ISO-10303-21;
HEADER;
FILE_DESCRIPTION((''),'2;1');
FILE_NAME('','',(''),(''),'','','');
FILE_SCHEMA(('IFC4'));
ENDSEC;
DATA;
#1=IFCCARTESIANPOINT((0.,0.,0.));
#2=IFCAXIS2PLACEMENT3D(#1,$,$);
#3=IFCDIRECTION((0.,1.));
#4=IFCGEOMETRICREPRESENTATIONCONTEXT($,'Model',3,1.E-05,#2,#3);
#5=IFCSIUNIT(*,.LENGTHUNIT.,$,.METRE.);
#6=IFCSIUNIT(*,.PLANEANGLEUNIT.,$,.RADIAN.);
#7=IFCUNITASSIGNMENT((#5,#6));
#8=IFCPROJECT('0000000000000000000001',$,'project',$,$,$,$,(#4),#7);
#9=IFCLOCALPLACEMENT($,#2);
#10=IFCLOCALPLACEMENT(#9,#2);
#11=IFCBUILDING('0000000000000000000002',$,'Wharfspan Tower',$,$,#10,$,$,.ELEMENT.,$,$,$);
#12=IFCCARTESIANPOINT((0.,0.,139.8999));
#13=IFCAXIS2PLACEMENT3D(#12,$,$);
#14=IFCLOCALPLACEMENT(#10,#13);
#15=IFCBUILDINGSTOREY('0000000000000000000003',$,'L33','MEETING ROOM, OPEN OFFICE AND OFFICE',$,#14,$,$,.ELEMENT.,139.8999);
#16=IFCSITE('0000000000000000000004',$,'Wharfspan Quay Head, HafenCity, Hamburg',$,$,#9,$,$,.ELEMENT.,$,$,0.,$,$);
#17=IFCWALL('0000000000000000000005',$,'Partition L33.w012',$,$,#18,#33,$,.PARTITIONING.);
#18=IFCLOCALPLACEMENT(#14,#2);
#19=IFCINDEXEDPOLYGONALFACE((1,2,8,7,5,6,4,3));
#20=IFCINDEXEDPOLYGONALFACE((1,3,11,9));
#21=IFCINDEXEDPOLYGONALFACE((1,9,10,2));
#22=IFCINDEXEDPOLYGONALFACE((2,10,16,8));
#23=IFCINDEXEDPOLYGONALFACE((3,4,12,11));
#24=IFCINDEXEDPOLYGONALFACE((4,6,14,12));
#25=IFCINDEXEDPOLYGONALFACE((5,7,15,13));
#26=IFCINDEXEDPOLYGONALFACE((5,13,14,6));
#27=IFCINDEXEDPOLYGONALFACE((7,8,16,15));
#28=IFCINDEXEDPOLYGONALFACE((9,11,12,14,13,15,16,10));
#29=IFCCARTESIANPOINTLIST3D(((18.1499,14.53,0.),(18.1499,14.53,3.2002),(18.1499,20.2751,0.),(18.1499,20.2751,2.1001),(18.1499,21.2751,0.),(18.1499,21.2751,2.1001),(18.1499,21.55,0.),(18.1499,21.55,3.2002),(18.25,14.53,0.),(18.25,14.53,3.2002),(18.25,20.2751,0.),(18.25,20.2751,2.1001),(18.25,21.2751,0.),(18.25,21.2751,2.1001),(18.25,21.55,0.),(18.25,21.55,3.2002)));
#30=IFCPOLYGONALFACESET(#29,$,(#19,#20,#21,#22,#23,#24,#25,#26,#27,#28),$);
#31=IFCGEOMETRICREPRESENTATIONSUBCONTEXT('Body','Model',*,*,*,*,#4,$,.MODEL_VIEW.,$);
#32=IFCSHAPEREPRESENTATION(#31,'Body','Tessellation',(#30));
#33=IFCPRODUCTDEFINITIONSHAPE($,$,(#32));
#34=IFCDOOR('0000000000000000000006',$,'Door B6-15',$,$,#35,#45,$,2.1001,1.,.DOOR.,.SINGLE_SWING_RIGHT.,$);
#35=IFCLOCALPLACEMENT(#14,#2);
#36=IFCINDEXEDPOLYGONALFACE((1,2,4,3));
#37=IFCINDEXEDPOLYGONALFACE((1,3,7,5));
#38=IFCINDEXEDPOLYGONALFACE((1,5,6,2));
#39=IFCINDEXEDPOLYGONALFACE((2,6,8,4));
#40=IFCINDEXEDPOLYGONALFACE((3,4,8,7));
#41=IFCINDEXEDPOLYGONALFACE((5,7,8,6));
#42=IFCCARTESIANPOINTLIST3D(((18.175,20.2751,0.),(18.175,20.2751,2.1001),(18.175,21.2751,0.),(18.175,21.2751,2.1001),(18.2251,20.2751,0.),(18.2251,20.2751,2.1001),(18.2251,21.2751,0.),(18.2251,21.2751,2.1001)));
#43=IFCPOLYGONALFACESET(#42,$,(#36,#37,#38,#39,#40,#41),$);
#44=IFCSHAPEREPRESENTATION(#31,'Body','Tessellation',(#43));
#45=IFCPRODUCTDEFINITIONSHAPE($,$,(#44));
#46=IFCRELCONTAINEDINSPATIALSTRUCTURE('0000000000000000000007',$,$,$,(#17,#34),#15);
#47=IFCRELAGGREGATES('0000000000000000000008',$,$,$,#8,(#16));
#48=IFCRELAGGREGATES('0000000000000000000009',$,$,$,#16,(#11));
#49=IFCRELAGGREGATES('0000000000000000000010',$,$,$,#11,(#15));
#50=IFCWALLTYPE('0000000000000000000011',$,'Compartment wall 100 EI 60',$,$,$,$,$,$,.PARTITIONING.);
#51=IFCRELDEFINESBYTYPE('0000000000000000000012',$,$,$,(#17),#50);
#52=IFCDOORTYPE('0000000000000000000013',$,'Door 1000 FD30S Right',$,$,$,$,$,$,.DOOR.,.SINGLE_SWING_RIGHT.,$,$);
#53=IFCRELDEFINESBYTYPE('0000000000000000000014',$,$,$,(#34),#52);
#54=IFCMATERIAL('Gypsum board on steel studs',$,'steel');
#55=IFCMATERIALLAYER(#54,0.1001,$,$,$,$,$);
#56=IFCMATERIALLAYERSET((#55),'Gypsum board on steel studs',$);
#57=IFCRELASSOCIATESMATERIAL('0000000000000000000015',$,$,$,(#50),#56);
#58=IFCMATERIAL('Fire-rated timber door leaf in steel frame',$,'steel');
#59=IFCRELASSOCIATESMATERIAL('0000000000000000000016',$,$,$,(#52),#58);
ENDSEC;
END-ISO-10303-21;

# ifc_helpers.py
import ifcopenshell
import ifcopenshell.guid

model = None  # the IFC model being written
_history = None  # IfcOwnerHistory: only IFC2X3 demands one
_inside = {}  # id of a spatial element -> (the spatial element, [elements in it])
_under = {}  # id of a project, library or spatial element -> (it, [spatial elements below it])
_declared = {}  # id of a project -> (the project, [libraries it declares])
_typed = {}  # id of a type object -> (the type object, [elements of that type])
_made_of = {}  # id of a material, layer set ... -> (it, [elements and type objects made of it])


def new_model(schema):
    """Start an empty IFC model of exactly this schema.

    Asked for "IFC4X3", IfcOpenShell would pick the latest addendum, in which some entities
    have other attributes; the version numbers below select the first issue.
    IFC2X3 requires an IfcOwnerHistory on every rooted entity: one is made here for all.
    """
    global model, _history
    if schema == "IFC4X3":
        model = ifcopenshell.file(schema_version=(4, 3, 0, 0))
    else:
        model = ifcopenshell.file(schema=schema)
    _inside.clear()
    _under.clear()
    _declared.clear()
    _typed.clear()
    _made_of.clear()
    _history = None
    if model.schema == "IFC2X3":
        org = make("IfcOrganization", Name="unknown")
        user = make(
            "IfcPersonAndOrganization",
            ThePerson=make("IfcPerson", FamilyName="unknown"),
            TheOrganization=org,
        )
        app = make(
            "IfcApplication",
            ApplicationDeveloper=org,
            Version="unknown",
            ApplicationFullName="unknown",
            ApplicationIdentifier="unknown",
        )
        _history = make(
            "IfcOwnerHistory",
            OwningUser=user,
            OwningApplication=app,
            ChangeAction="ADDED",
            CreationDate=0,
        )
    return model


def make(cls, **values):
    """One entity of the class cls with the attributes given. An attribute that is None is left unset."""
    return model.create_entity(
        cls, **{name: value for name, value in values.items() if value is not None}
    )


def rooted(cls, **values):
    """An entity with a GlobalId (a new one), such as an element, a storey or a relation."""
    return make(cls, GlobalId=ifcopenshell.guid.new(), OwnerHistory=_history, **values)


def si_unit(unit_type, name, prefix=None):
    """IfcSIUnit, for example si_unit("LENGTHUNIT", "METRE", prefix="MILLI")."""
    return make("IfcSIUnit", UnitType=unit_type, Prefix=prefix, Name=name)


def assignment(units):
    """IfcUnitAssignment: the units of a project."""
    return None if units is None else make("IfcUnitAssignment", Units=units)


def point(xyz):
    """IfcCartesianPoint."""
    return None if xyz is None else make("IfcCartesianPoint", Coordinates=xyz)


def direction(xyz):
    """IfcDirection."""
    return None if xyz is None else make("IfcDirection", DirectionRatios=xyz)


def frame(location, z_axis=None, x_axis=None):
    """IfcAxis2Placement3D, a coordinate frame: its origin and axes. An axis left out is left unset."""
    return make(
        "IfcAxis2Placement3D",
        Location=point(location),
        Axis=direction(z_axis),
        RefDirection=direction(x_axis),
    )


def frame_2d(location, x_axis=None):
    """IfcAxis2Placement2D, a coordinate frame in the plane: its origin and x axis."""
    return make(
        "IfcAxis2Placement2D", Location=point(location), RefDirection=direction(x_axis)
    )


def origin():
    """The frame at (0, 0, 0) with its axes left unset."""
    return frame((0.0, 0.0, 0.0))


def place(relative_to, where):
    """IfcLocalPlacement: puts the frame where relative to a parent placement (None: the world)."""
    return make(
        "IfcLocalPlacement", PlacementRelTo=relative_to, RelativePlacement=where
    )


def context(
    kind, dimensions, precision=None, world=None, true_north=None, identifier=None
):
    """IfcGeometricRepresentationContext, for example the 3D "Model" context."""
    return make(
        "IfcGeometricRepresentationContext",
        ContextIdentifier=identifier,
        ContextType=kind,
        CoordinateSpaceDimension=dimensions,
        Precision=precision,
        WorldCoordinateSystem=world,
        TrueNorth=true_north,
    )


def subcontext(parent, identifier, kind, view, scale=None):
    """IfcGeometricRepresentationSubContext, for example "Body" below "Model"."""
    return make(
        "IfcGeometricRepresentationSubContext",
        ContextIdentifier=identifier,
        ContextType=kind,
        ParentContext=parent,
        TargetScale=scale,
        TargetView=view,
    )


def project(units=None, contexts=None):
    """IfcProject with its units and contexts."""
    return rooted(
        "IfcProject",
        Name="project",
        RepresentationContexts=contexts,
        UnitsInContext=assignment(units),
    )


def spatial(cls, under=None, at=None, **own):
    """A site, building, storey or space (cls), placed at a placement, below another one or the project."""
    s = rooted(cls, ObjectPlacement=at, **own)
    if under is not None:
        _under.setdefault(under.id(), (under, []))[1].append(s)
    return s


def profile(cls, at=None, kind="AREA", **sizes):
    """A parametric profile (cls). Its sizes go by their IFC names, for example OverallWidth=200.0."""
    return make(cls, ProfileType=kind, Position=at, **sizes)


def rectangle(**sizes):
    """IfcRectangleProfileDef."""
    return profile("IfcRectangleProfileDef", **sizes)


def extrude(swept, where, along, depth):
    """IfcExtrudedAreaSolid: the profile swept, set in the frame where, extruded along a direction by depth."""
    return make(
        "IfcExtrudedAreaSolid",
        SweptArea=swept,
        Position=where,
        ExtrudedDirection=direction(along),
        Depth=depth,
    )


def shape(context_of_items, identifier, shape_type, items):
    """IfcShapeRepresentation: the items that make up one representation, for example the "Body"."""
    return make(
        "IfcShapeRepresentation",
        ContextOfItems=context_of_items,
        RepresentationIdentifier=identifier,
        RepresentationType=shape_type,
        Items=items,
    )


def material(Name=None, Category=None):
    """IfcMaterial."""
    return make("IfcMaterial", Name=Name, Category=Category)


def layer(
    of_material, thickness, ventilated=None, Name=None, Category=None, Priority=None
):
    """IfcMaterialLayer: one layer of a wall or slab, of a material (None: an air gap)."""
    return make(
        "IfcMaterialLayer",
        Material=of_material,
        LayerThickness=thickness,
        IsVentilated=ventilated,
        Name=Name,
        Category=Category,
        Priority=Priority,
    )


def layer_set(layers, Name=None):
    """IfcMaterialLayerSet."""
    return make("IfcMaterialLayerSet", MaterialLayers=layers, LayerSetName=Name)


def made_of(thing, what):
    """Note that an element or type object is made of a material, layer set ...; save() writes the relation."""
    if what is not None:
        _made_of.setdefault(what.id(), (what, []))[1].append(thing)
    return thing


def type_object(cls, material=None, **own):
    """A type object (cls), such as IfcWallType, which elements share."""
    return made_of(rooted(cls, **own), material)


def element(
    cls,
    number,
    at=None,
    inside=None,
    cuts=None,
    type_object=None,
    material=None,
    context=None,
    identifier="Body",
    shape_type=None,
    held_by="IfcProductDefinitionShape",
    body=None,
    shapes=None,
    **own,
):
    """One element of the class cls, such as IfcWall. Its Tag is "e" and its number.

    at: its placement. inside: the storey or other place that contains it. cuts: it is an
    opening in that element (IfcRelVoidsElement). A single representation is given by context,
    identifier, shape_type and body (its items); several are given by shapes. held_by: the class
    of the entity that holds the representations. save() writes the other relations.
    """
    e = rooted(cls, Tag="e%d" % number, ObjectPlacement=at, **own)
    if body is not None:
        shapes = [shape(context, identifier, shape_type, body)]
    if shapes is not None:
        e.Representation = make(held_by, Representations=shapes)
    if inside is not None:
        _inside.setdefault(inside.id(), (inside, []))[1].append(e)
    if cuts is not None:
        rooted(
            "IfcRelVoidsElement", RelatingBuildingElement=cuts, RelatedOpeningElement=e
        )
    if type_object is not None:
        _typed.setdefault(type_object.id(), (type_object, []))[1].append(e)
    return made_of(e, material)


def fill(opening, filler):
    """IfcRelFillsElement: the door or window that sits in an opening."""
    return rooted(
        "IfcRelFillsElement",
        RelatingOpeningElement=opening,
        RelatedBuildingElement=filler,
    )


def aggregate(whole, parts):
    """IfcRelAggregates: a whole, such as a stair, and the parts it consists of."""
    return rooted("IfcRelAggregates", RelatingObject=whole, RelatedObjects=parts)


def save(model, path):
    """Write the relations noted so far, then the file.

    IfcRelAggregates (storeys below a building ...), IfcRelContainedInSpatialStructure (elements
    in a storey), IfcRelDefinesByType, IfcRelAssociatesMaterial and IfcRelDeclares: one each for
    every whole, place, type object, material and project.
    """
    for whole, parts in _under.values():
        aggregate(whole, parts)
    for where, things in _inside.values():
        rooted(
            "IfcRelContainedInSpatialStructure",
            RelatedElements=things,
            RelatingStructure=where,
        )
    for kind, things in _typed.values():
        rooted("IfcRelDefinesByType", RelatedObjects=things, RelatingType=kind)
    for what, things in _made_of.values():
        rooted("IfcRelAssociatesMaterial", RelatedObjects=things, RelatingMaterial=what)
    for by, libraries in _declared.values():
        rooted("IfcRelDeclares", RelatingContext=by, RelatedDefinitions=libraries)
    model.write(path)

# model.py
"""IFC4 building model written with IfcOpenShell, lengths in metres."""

from ifc_helpers import new_model, si_unit, direction, frame, frame_2d, origin, place, context, subcontext, project, spatial, rectangle, extrude, material, layer, layer_set, type_object, element, fill, save


model = new_model("IFC4")

# Units and contexts
model_context = context("Model", 3, precision=1e-05, world=origin(), true_north=direction((0.0, 1.0)))
body_context = subcontext(model_context, "Body", "Model", "MODEL_VIEW")
ifc_project = project(units=[si_unit("LENGTHUNIT", "METRE"), si_unit("PLANEANGLEUNIT", "RADIAN")], contexts=[model_context])

# Site, building, storey
site_placement = place(None, origin())
site = spatial("IfcSite", under=ifc_project, at=site_placement, Name="Wharfspan Quay Head, HafenCity, Hamburg", CompositionType="ELEMENT", RefElevation=0.0)
building_placement = place(site_placement, origin())
building = spatial("IfcBuilding", under=site, at=building_placement, Name="Wharfspan Tower", CompositionType="ELEMENT")
storey_placement = place(building_placement, frame((0.0, 0.0, 139.8999)))
storey = spatial("IfcBuildingStorey", under=building, at=storey_placement, Name="L33", Description="MEETING ROOM, OPEN OFFICE AND OFFICE", CompositionType="ELEMENT", Elevation=139.8999)

# Shared definitions
ifc_material_1 = material(Name="Gypsum board on steel studs", Category="steel")
ifc_layer_1 = layer(ifc_material_1, 0.1001)
ifc_layer_set_1 = layer_set([ifc_layer_1], Name="Gypsum board on steel studs")
wall_type_1 = type_object("IfcWallType", Name="Compartment wall 100 EI 60", PredefinedType="PARTITIONING", material=ifc_layer_set_1)

# Wall, opening, door
ifc_material_2 = material(Name="Fire-rated timber door leaf in steel frame", Category="steel")
door_type_1 = type_object("IfcDoorType", Name="Door 1000 FD30S Right", OperationType="SINGLE_SWING_RIGHT", PredefinedType="DOOR", material=ifc_material_2)
wall_1_placement = place(storey_placement, frame((18.2, 14.53, 0.0), z_axis=(0.0, 0.0, 1.0), x_axis=(0.0, 1.0, 0.0)))
wall_1 = element("IfcWall", 1, at=wall_1_placement, inside=storey, type_object=wall_type_1, Name="Partition L33.w012", PredefinedType="PARTITIONING", context=body_context, shape_type="SweptSolid", body=[
    extrude(rectangle(XDim=7.02, YDim=0.1001, at=frame_2d((3.51, 0.0))), origin(), (0.0, 0.0, 1.0), 3.2002),
])
opening_1_placement = place(wall_1_placement, frame((5.7451, 0.0, 0.0)))
opening_1 = element("IfcOpeningElement", 2, at=opening_1_placement, cuts=wall_1, PredefinedType="OPENING", context=body_context, shape_type="SweptSolid", body=[
    extrude(rectangle(XDim=1.0, YDim=2.1001, at=frame_2d((0.5, 1.05))), frame((0.0, 0.0601, 0.0), z_axis=(0.0, -1.0, 0.0), x_axis=(1.0, 0.0, 0.0)), (0.0, 0.0, 1.0), 0.1201),
])
door_1_placement = place(opening_1_placement, origin())
door_1 = element("IfcDoor", 3, at=door_1_placement, inside=storey, type_object=door_type_1, Name="Door B6-15", OperationType="SINGLE_SWING_RIGHT", OverallHeight=2.1001, OverallWidth=1.0, PredefinedType="DOOR", context=body_context, shape_type="SweptSolid", body=[
    extrude(rectangle(XDim=1.0, YDim=2.1001, at=frame_2d((0.5, 1.05))), frame((0.0, 0.0249, 0.0), z_axis=(0.0, -1.0, 0.0), x_axis=(1.0, 0.0, 0.0)), (0.0, 0.0, 1.0), 0.05),
])
fill(opening_1, door_1)

save(model, "model.ifc")
